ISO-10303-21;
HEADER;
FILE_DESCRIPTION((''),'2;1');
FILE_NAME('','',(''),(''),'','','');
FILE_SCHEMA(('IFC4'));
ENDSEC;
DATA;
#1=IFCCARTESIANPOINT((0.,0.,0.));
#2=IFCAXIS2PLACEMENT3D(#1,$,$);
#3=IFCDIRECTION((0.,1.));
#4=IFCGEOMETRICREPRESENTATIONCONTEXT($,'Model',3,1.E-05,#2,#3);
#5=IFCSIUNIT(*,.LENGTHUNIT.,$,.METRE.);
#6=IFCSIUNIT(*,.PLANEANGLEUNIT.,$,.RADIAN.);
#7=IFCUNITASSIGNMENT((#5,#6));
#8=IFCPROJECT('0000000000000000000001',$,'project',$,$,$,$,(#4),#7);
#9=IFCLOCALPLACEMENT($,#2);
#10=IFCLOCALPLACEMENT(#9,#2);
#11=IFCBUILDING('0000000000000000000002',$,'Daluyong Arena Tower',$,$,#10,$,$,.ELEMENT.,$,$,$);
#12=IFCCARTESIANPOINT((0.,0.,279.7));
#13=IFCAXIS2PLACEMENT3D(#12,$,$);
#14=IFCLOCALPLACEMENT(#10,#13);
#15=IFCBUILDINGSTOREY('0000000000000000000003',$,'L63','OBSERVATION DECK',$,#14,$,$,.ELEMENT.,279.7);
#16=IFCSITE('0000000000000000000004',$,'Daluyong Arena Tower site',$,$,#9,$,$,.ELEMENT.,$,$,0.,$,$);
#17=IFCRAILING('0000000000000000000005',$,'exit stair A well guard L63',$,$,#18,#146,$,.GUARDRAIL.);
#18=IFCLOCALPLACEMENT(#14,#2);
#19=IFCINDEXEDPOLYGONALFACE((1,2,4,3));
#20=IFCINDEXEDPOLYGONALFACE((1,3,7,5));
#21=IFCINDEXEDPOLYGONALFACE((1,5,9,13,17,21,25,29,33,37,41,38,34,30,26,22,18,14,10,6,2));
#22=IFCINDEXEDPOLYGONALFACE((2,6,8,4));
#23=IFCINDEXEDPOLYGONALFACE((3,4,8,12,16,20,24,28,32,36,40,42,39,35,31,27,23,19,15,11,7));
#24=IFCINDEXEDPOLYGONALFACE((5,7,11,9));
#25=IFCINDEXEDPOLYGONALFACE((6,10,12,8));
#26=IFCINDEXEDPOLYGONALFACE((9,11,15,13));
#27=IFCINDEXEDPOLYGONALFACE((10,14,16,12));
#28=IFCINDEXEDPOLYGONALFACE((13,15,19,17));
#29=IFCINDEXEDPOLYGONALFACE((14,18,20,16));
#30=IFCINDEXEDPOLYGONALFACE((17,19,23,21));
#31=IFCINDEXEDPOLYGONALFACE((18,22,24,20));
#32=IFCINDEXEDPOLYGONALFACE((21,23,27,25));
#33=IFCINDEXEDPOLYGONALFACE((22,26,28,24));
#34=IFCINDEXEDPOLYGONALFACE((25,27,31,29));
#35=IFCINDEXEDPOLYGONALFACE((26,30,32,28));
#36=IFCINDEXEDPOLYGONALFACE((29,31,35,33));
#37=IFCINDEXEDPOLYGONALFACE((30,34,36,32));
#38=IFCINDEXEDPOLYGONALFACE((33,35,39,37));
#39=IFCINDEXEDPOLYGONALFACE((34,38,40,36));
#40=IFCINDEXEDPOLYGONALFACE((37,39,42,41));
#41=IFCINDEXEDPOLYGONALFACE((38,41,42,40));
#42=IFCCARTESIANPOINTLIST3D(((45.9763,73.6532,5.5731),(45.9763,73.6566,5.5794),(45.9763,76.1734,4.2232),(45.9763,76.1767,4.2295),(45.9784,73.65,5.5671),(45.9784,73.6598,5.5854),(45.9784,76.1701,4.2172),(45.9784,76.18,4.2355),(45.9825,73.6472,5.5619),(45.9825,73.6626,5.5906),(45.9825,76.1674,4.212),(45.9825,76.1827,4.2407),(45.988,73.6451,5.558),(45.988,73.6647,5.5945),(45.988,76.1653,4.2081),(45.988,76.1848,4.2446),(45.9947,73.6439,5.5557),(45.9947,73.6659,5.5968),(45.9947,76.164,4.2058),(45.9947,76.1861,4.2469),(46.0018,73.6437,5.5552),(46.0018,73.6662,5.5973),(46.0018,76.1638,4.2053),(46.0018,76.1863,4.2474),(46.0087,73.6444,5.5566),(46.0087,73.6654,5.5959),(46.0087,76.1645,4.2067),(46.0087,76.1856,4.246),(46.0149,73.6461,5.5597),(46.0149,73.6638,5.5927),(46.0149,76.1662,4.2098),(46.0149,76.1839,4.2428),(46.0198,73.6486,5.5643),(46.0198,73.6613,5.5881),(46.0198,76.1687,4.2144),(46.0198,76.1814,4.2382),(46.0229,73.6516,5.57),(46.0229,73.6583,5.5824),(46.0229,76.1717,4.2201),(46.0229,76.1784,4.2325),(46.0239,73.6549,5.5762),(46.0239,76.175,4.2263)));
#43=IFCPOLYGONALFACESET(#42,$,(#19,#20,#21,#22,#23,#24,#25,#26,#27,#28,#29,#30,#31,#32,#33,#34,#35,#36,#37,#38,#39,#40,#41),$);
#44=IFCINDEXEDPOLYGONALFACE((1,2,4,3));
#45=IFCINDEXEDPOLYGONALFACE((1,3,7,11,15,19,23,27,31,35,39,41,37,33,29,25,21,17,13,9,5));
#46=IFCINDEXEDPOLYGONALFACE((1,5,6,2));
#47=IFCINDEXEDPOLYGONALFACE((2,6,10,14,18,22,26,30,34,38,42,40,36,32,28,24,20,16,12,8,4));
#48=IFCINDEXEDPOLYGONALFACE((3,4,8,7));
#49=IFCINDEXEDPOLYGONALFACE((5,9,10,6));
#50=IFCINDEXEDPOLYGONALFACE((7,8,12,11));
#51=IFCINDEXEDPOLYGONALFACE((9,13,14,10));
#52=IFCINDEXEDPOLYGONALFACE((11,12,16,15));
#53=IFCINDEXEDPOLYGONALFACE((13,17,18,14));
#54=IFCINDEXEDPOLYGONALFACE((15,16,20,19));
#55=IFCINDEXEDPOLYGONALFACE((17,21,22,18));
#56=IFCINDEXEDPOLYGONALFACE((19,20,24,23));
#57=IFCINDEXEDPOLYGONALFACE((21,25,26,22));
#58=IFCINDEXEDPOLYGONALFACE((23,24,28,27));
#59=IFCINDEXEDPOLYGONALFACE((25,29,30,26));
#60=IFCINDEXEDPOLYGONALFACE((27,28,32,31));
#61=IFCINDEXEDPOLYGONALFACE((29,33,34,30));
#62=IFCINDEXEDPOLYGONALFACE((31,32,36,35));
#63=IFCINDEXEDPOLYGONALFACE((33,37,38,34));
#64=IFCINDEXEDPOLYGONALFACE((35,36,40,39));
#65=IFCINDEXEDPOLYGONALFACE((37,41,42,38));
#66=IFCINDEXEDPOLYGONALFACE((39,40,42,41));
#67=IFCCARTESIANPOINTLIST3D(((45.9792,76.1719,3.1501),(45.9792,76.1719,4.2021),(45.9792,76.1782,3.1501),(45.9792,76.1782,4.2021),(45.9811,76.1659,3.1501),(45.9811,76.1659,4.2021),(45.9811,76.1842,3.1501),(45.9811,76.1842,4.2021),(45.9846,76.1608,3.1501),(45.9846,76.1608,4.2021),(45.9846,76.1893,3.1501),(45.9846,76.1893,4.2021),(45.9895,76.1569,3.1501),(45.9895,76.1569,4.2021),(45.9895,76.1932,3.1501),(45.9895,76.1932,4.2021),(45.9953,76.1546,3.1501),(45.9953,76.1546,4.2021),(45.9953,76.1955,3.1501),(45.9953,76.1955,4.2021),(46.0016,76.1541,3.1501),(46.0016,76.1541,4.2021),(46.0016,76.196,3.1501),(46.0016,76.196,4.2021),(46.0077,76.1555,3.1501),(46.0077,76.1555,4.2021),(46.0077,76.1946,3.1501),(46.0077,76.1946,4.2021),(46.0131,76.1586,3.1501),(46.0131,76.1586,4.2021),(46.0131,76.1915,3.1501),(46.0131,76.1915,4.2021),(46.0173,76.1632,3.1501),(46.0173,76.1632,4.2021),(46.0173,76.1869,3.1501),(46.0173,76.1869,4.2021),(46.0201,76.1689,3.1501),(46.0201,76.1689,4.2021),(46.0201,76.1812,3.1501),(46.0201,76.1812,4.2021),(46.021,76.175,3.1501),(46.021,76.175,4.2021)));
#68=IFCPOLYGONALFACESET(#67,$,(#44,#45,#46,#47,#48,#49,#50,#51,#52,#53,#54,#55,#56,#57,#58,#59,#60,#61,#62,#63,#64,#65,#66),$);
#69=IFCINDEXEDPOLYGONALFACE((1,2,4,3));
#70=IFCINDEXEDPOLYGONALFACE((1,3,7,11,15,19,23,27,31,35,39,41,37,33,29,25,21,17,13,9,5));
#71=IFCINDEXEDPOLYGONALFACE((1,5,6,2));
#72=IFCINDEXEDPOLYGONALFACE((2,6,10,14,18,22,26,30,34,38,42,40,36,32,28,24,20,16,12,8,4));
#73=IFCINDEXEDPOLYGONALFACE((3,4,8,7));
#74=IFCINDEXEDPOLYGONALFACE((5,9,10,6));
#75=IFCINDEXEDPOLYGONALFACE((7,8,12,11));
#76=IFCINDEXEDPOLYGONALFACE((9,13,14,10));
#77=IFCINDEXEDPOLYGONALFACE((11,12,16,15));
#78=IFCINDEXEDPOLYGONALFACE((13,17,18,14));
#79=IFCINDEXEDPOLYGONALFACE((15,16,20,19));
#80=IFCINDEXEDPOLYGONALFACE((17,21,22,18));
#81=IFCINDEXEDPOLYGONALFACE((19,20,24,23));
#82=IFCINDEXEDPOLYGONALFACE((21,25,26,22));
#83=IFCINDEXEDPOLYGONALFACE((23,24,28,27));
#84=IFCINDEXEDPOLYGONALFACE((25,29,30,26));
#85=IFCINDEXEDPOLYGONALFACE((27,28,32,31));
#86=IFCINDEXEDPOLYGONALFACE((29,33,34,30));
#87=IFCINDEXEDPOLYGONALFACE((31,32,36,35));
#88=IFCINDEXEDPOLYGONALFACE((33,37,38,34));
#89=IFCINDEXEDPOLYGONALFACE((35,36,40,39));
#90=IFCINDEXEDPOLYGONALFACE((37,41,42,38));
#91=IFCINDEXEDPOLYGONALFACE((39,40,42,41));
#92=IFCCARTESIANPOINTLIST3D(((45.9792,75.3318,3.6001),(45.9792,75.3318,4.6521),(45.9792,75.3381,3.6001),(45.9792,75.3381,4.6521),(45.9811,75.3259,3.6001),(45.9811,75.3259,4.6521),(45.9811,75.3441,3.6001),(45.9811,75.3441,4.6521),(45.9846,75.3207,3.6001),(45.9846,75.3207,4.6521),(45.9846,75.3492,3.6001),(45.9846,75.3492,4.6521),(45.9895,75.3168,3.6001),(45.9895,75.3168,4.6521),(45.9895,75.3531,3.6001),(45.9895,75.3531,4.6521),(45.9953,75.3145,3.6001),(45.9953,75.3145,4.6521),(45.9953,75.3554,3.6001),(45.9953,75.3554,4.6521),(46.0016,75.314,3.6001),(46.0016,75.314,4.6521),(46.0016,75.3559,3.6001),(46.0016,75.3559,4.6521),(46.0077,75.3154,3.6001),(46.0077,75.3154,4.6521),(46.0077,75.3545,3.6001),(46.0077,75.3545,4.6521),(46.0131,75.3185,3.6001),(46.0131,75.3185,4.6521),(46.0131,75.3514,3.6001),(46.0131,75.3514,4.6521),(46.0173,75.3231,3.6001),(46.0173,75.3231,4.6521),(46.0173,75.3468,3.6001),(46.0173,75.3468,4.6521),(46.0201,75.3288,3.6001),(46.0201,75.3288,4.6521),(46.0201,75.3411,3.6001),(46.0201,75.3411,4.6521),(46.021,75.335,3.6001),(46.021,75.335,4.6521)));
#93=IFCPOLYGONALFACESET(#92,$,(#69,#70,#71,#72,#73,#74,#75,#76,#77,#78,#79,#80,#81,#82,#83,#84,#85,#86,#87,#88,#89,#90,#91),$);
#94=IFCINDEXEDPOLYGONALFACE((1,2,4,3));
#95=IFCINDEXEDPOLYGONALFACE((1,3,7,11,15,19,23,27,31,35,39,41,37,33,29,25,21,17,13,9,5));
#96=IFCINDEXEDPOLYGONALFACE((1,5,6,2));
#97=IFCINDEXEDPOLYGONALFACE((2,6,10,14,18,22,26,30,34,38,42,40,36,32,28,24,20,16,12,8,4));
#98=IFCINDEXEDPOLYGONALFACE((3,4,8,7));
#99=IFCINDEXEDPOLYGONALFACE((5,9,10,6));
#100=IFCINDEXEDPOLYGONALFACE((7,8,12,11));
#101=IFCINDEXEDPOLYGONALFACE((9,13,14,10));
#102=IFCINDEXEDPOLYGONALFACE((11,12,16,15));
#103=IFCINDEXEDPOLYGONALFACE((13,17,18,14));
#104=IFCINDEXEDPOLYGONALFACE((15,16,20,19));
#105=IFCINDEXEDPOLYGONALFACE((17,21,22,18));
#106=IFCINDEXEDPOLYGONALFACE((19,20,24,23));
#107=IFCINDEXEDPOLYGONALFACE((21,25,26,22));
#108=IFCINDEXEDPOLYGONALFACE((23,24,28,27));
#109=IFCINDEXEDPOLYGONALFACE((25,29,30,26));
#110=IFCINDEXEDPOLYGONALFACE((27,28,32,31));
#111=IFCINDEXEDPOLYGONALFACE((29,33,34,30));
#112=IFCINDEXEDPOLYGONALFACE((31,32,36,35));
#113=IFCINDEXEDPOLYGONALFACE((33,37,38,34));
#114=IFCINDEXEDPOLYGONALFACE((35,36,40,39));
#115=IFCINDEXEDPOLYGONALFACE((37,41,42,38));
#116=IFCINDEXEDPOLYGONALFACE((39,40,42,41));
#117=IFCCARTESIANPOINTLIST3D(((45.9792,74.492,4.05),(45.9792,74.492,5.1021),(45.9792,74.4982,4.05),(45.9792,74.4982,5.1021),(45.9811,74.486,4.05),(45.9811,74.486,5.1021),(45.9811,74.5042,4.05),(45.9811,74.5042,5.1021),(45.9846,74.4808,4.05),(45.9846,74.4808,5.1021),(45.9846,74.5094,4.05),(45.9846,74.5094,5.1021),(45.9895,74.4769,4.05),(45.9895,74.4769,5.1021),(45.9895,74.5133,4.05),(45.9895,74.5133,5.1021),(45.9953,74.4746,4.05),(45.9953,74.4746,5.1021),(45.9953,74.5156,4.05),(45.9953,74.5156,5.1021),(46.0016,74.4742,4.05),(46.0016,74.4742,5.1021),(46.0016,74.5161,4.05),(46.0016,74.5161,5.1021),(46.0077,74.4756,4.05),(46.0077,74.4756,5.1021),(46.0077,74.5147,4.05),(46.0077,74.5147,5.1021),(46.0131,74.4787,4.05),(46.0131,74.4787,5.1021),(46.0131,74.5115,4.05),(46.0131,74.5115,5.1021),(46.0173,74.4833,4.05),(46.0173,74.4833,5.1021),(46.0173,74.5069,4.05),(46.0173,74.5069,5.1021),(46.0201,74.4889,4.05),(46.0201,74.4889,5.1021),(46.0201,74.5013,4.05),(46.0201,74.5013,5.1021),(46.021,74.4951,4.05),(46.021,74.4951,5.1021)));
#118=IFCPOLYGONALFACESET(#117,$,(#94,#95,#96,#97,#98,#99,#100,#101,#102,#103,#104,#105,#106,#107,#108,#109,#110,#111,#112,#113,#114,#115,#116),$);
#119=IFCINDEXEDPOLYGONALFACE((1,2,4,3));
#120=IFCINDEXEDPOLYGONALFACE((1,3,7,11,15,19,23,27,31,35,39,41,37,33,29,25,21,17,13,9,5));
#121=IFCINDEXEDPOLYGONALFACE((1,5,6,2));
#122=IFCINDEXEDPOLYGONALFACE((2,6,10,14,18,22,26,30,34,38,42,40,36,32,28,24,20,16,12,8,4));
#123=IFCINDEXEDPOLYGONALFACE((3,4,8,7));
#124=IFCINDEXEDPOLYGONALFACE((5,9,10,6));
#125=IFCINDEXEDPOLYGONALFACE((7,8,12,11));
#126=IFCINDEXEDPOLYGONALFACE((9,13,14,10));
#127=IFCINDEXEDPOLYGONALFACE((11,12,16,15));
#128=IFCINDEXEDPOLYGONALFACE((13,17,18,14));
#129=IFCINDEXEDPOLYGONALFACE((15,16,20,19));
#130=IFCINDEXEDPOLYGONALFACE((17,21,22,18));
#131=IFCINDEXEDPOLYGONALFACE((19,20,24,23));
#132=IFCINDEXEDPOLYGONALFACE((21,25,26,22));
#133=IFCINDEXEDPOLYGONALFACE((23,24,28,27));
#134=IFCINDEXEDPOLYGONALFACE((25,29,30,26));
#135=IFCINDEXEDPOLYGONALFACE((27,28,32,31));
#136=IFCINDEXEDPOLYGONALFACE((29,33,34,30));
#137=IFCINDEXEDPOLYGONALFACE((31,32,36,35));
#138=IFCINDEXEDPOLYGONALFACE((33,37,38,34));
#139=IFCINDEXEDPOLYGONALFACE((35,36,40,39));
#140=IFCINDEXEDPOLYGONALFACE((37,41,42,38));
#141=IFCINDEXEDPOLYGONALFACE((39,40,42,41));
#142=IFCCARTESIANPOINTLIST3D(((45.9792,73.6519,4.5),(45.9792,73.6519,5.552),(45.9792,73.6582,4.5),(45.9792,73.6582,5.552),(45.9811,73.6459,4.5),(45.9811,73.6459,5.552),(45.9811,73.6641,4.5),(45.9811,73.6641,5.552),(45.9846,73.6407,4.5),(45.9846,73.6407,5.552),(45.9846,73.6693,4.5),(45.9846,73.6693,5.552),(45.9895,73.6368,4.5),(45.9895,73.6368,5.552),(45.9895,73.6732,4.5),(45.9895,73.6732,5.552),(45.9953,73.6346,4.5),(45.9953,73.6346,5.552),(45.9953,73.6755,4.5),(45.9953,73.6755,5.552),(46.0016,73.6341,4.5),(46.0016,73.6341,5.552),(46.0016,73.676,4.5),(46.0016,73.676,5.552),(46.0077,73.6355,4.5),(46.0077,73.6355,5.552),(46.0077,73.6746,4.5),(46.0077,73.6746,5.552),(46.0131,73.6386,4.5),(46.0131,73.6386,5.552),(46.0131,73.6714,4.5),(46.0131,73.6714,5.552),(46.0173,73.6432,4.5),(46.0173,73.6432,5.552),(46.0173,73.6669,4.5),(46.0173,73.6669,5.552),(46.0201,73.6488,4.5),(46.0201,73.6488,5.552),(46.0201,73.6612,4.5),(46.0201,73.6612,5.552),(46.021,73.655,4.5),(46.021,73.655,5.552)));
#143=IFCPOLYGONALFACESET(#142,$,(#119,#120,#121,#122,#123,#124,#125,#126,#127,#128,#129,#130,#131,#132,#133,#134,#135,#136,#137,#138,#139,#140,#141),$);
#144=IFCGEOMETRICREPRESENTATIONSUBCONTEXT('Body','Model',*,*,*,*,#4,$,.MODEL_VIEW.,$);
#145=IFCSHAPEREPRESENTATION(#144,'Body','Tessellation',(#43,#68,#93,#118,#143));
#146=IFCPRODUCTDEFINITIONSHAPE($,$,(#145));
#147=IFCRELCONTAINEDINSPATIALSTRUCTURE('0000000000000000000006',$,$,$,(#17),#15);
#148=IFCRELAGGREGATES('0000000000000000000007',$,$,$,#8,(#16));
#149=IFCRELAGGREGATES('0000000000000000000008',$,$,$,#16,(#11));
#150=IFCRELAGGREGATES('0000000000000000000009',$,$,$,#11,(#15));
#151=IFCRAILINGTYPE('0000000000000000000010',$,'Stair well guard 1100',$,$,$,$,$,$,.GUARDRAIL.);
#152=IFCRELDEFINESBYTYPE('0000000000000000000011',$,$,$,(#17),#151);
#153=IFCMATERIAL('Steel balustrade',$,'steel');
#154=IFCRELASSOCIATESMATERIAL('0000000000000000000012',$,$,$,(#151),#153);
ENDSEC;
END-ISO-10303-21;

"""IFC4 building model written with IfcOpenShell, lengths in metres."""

from ifc_helpers import new_model, si_unit, direction, frame, origin, origin_2d, place, context, subcontext, project, spatial, circle, extrude, material, type_object, element, save


model = new_model("IFC4")

# Units and contexts
model_context = context("Model", 3, precision=1e-05, world=origin(), true_north=direction((0.0, 1.0)))
body_context = subcontext(model_context, "Body", "Model", "MODEL_VIEW")
ifc_project = project(units=[si_unit("LENGTHUNIT", "METRE"), si_unit("PLANEANGLEUNIT", "RADIAN")], contexts=[model_context])

# Site, building, storey
site_placement = place(None, origin())
site = spatial("IfcSite", under=ifc_project, at=site_placement, Name="Daluyong Arena Tower site", CompositionType="ELEMENT", RefElevation=0.0)
building_placement = place(site_placement, origin())
building = spatial("IfcBuilding", under=site, at=building_placement, Name="Daluyong Arena Tower", CompositionType="ELEMENT")
storey_placement = place(building_placement, frame((0.0, 0.0, 279.7)))
storey = spatial("IfcBuildingStorey", under=building, at=storey_placement, Name="L63", Description="OBSERVATION DECK", CompositionType="ELEMENT", Elevation=279.7)

# Railing
ifc_material_1 = material(Name="Steel balustrade", Category="steel")
railing_type_1 = type_object("IfcRailingType", Name="Stair well guard 1100", PredefinedType="GUARDRAIL", material=ifc_material_1)
railing_1_placement = place(storey_placement, frame((46.0, 76.175, 3.1501)))
element("IfcRailing", 1, at=railing_1_placement, inside=storey, type_object=railing_type_1, Name="exit stair A well guard L63", PredefinedType="GUARDRAIL", context=body_context, shape_type="SweptSolid", body=[
    extrude(circle(Radius=0.0239, at=origin_2d()), frame((0.0, 0.0, 1.0762), z_axis=(0.0, -0.881503, 0.472179), x_axis=(1.0, 0.0, 0.0)), (0.0, 0.0, 1.0), 2.8589),
    extrude(circle(Radius=0.021, at=origin_2d()), origin(), (0.0, 0.0, 1.0), 1.052),
    extrude(circle(Radius=0.021, at=origin_2d()), frame((0.0, -0.8401, 0.45)), (0.0, 0.0, 1.0), 1.052),
    extrude(circle(Radius=0.021, at=origin_2d()), frame((0.0, -1.6799, 0.8999)), (0.0, 0.0, 1.0), 1.052),
    extrude(circle(Radius=0.021, at=origin_2d()), frame((0.0, -2.52, 1.3499)), (0.0, 0.0, 1.0), 1.052),
])

save(model, "model.ifc")
